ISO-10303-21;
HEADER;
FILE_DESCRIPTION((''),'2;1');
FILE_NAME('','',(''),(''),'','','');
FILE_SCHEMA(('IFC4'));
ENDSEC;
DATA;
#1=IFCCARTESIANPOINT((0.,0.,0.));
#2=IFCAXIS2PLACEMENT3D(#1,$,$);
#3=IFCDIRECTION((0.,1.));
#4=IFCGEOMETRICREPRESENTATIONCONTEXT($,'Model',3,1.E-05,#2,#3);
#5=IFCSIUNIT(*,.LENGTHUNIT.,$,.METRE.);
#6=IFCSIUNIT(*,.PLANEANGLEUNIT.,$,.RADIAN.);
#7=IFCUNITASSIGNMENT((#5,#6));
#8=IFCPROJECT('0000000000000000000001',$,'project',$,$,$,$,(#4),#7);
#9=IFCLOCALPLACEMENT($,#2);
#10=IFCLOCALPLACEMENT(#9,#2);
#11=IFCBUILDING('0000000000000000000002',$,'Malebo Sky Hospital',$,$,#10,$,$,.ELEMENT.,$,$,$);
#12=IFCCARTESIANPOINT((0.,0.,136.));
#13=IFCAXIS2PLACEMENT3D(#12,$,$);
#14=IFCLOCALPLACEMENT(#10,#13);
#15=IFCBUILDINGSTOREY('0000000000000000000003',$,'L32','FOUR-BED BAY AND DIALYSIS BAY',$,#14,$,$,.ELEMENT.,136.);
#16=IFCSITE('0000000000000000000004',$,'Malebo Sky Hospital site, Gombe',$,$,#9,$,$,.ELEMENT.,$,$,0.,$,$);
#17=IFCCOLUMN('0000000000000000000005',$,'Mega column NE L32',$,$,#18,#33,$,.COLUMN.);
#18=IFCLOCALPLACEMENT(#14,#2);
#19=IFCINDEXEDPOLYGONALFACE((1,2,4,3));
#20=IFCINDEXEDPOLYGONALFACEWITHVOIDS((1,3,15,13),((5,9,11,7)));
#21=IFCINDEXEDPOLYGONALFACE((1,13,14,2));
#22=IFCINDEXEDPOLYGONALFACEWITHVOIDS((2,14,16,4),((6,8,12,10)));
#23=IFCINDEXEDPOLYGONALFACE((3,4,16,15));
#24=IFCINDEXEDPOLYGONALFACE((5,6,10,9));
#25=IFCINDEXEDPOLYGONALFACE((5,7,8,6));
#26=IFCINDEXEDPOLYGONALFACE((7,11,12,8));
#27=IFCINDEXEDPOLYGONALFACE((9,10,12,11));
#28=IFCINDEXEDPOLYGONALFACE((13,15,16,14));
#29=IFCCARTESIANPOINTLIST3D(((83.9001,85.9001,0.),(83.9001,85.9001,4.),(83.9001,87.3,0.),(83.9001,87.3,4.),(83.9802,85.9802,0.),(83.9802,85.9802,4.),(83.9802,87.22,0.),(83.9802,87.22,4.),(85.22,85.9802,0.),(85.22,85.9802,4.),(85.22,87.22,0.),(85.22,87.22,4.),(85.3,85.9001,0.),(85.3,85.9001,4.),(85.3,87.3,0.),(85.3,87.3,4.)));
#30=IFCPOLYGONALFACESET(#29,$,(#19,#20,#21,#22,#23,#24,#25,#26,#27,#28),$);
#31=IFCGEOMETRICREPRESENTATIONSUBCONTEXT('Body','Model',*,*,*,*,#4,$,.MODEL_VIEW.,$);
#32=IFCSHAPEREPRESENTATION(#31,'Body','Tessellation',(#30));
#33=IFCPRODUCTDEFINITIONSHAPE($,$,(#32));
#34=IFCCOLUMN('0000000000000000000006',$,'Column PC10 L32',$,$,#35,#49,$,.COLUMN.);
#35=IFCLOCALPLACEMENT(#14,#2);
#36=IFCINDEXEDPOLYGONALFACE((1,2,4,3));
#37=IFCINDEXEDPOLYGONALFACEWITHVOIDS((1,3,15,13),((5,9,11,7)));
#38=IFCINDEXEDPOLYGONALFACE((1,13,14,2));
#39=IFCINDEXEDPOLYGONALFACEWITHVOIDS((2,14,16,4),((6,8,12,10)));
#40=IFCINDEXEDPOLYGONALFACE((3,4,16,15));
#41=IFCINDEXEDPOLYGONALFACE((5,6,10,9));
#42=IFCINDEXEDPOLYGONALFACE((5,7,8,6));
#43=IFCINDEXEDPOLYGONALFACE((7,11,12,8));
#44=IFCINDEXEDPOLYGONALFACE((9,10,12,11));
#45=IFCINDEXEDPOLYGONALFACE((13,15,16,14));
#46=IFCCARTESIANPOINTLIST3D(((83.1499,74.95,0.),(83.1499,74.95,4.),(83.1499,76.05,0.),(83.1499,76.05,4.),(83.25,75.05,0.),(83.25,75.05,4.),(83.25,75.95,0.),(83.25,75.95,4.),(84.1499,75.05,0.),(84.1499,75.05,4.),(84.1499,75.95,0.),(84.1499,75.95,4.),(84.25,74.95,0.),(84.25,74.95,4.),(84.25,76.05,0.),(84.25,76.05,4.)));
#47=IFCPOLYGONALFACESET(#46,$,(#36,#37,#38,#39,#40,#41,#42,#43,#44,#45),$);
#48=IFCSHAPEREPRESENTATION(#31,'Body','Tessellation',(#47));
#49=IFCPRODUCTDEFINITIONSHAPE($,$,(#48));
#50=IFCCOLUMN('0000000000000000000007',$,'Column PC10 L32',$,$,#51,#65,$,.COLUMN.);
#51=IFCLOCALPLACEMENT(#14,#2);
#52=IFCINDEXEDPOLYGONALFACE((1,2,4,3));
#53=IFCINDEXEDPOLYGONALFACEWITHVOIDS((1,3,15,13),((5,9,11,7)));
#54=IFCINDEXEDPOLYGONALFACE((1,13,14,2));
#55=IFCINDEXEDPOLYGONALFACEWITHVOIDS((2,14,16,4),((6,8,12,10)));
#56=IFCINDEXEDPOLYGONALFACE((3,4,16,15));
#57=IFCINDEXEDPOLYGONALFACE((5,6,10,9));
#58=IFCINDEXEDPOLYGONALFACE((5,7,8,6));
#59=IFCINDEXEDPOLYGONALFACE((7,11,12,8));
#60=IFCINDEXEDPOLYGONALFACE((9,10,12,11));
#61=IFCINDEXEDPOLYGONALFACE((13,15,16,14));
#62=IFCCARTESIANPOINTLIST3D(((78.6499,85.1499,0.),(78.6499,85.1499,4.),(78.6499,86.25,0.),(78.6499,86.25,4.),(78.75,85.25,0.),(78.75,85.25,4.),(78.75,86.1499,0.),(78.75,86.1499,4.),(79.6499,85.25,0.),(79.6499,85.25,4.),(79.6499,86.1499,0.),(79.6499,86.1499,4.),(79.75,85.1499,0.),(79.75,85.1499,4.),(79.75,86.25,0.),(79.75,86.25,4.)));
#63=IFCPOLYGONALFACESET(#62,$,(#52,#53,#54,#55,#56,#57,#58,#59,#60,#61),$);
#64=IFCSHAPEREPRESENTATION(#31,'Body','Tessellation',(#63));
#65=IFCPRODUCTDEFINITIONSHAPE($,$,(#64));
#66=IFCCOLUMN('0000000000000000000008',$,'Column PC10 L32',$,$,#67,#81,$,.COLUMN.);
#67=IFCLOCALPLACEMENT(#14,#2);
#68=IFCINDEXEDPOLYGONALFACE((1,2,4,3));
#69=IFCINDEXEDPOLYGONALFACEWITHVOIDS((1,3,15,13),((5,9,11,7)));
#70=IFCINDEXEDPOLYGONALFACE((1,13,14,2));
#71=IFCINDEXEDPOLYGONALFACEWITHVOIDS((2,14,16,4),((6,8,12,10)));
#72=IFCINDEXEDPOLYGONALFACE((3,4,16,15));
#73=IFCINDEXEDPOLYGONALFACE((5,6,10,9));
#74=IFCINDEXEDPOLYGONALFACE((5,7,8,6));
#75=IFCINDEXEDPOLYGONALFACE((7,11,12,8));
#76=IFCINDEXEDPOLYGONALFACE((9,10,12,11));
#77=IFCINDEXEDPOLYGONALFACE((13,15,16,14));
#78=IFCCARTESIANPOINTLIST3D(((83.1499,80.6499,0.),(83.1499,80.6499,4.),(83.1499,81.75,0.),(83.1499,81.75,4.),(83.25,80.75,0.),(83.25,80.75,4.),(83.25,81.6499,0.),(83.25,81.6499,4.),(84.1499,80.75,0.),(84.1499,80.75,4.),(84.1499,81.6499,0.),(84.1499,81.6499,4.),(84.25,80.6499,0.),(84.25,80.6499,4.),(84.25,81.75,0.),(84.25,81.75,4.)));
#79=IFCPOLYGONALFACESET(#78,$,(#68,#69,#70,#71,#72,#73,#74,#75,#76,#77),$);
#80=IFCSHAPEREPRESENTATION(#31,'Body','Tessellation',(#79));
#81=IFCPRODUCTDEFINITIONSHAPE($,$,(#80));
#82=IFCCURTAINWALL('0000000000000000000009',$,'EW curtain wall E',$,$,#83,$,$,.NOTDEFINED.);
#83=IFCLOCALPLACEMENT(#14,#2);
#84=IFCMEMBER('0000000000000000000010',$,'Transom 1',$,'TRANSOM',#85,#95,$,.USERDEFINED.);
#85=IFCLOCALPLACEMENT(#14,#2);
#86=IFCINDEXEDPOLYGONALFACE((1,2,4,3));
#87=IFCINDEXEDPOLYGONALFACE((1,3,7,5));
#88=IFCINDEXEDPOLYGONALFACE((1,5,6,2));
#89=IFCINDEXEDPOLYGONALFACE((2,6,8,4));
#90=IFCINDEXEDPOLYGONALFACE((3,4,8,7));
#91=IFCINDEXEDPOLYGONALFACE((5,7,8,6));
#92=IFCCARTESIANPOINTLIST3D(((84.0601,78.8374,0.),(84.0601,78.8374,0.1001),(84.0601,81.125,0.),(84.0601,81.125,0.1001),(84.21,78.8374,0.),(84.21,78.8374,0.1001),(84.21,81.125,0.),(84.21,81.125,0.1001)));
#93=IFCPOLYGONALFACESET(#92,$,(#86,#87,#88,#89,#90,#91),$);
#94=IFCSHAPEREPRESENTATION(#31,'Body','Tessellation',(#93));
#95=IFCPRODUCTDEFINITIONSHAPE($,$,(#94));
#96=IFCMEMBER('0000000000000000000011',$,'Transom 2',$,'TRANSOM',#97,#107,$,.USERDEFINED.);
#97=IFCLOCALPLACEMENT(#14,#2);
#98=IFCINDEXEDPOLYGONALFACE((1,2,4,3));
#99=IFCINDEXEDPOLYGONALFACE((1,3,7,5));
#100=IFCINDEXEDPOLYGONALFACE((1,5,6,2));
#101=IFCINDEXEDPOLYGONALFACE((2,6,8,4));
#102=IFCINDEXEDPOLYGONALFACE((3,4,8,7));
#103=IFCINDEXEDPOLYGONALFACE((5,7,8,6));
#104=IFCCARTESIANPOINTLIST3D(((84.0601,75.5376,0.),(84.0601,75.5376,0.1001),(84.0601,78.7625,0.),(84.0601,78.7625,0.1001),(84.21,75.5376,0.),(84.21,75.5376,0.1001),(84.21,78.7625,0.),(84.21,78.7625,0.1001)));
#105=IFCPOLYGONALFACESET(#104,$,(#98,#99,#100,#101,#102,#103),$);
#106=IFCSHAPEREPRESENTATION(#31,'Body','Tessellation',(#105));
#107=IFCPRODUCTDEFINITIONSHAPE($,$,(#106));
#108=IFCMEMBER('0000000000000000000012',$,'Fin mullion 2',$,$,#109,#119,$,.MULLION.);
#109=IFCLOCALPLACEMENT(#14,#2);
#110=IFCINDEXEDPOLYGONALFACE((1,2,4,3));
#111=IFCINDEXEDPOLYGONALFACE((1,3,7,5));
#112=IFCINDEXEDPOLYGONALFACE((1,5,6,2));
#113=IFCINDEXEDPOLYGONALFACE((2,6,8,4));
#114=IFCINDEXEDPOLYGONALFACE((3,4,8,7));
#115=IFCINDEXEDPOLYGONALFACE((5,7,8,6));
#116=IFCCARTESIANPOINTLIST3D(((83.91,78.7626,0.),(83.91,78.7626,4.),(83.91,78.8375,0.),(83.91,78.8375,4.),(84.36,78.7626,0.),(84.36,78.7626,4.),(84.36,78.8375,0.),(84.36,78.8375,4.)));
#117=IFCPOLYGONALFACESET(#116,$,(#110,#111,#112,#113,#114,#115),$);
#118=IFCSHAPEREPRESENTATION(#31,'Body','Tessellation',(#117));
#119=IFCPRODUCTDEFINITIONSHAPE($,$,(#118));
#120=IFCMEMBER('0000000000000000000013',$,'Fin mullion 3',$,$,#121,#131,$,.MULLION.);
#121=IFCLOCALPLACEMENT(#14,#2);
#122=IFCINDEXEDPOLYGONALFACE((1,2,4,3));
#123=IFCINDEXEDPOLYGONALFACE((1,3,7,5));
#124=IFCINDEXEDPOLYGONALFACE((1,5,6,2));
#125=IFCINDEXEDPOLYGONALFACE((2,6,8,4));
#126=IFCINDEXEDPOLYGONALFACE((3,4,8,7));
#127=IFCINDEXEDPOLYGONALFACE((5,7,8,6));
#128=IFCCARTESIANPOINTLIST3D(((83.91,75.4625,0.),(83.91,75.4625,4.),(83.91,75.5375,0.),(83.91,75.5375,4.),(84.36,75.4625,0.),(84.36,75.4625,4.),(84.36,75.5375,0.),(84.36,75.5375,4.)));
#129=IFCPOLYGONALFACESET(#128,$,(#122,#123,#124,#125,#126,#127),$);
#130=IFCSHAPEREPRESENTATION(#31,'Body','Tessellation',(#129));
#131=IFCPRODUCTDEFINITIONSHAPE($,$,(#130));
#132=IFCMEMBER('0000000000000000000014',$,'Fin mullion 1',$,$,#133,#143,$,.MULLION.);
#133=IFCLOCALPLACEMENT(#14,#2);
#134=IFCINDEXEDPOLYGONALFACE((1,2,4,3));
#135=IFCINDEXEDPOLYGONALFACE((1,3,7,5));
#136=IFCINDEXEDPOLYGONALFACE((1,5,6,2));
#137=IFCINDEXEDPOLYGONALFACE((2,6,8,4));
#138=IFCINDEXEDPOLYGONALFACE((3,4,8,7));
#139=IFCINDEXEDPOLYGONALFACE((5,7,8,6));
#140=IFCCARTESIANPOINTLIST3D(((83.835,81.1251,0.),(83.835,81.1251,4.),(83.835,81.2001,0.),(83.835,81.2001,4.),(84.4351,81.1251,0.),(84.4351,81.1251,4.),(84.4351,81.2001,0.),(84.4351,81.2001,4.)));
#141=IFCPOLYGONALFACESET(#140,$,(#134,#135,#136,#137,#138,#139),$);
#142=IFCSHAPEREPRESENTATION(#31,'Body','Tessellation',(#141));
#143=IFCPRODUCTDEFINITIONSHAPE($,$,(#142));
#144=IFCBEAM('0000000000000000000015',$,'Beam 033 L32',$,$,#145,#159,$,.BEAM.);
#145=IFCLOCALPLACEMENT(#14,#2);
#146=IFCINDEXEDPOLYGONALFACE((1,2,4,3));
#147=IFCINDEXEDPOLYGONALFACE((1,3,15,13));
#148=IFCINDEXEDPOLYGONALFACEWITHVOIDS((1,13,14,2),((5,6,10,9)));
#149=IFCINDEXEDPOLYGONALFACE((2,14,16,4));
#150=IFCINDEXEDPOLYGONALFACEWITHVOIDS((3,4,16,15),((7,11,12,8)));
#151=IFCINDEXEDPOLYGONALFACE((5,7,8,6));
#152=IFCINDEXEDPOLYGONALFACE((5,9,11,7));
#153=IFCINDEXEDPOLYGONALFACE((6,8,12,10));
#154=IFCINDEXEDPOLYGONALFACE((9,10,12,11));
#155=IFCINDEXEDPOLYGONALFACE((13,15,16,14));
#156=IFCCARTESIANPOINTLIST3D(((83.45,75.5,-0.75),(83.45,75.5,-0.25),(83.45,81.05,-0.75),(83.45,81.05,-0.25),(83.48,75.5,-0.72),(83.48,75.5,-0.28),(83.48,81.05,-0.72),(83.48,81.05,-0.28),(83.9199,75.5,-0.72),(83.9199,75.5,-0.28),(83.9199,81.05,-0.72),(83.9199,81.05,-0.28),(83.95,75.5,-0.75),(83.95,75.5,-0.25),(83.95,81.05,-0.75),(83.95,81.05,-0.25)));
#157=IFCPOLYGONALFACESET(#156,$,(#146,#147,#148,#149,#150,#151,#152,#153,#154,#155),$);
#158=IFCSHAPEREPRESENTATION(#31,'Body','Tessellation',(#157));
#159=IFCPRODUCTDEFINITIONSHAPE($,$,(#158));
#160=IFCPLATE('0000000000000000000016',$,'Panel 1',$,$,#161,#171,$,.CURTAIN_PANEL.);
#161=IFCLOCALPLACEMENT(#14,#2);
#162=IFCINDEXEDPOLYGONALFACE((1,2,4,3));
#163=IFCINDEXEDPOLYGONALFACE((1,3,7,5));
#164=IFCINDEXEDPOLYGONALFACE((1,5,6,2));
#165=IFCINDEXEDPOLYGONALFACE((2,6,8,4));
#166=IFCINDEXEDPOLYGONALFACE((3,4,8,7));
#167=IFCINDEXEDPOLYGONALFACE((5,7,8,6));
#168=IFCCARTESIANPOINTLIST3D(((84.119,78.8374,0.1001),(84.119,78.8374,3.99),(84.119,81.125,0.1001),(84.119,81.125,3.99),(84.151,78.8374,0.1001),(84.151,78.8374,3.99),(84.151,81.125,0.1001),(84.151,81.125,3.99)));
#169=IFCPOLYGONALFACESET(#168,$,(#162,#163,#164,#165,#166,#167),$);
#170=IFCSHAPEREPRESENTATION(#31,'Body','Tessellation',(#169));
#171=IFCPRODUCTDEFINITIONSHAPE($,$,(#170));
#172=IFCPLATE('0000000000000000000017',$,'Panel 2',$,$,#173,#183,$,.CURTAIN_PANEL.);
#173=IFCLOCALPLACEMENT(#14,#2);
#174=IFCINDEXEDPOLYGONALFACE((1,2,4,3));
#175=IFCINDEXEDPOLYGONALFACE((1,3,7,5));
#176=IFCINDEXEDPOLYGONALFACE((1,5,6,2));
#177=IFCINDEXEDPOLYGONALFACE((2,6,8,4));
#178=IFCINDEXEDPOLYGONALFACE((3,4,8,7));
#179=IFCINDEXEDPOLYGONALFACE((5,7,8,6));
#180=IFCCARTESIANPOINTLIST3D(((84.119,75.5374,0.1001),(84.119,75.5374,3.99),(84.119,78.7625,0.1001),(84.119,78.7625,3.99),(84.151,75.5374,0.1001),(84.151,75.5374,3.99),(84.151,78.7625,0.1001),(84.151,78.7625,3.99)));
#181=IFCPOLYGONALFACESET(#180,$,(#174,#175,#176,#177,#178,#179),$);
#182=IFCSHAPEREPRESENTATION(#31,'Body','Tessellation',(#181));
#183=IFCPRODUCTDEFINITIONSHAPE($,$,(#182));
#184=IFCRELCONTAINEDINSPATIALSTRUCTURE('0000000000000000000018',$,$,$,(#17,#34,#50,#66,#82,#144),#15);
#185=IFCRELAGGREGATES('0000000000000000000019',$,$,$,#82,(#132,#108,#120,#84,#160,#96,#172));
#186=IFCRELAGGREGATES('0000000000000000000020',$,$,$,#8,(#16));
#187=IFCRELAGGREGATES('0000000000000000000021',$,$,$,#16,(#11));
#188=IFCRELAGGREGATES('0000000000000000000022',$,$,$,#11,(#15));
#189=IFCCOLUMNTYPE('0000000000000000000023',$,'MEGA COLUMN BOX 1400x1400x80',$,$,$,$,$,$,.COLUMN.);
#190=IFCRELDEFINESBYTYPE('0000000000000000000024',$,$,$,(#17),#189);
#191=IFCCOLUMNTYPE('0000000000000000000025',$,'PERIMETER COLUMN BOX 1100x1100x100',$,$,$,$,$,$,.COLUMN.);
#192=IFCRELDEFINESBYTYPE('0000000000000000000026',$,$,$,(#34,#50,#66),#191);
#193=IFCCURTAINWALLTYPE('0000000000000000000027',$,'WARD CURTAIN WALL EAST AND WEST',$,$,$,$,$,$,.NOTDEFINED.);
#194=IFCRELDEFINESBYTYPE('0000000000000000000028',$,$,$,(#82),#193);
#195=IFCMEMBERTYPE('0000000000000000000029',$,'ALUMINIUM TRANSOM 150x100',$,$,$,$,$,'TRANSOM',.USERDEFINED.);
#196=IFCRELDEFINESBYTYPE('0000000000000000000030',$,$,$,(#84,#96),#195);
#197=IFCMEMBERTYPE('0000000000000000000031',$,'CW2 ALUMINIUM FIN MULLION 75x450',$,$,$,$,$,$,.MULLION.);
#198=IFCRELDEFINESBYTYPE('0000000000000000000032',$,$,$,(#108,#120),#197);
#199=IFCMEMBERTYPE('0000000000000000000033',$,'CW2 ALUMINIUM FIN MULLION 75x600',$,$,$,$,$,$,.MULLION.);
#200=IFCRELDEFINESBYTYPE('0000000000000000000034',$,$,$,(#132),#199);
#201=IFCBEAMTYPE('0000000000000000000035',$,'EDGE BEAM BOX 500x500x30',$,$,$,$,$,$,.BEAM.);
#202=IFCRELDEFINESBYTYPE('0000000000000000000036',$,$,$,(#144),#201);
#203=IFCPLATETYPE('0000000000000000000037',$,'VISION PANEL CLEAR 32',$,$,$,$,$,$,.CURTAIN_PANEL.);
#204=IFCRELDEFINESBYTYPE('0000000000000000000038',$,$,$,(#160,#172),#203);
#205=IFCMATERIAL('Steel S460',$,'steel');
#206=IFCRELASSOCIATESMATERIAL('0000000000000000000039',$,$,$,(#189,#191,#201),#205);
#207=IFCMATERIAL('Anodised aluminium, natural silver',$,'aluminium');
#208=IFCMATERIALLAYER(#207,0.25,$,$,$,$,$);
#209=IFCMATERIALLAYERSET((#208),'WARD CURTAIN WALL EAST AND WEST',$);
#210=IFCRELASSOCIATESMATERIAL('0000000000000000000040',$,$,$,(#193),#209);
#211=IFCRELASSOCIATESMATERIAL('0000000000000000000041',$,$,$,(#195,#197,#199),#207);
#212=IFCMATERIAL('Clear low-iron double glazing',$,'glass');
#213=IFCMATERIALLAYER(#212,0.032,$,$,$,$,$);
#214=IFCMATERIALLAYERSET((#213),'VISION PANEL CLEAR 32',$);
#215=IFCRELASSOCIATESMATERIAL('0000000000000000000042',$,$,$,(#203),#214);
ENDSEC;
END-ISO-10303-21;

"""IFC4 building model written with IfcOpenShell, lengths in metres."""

from ifc_helpers import new_model, si_unit, direction, frame, origin, origin_2d, place, context, subcontext, project, spatial, rectangle, hollow_rectangle, extrude, material, layer, layer_set, material_profile, profile_set, type_object, element, aggregate, save


model = new_model("IFC4")

# Units and contexts
model_context = context("Model", 3, precision=1e-05, world=origin(), true_north=direction((0.0, 1.0)))
body_context = subcontext(model_context, "Body", "Model", "MODEL_VIEW")
ifc_project = project(units=[si_unit("LENGTHUNIT", "METRE"), si_unit("PLANEANGLEUNIT", "RADIAN")], contexts=[model_context])

# Site, building, storey
site_placement = place(None, origin())
site = spatial("IfcSite", under=ifc_project, at=site_placement, Name="Malebo Sky Hospital site, Gombe", CompositionType="ELEMENT", RefElevation=0.0)
building_placement = place(site_placement, origin())
building = spatial("IfcBuilding", under=site, at=building_placement, Name="Malebo Sky Hospital", CompositionType="ELEMENT")
storey_placement = place(building_placement, frame((0.0, 0.0, 136.0)))
storey = spatial("IfcBuildingStorey", under=building, at=storey_placement, Name="L32", Description="FOUR-BED BAY AND DIALYSIS BAY", CompositionType="ELEMENT", Elevation=136.0)

# Columns
ifc_material_1 = material(Name="Steel S460", Category="steel")
ifc_material_profile_1 = material_profile(ifc_material_1, hollow_rectangle(XDim=1.3999, YDim=1.3999, WallThickness=0.0801, at=origin_2d()), Name="BOX 1400x1400x80")
ifc_profile_set_1 = profile_set([ifc_material_profile_1], Name="Steel S460")
column_type_1 = type_object("IfcColumnType", Name="MEGA COLUMN BOX 1400x1400x80", PredefinedType="COLUMN", material=ifc_profile_set_1)
column_placement = place(storey_placement, frame((84.6001, 86.6001, 0.0), z_axis=(0.0, 0.0, 1.0), x_axis=(1.0, 0.0, 0.0)))
element("IfcColumn", 1, at=column_placement, inside=storey, type_object=column_type_1, Name="Mega column NE L32", PredefinedType="COLUMN", context=body_context, shape_type="SweptSolid", body=[
    extrude(hollow_rectangle(XDim=1.3999, YDim=1.3999, WallThickness=0.0801, at=origin_2d()), origin(), (0.0, 0.0, 1.0), 4.0),
])
ifc_material_profile_2 = material_profile(ifc_material_1, hollow_rectangle(XDim=1.1001, YDim=1.1001, WallThickness=0.1001, at=origin_2d()), Name="BOX 1100x1100x100")
ifc_profile_set_2 = profile_set([ifc_material_profile_2], Name="Steel S460")
column_type_2 = type_object("IfcColumnType", Name="PERIMETER COLUMN BOX 1100x1100x100", PredefinedType="COLUMN", material=ifc_profile_set_2)
for number, where, z_axis, x_axis, name in (
    (2, (83.7, 75.5, 0.0), (0.0, 0.0, 1.0), (1.0, 0.0, 0.0), "Column PC10 L32"),
    (3, (79.2, 85.7, 0.0), (0.0, 0.0, 1.0), (1.0, 0.0, 0.0), "Column PC10 L32"),
    (4, (83.7, 81.2, 0.0), (0.0, 0.0, 1.0), (1.0, 0.0, 0.0), "Column PC10 L32"),
):
    element("IfcColumn", number, at=place(storey_placement, frame(where, z_axis=z_axis, x_axis=x_axis)), inside=storey, type_object=column_type_2, Name=name, PredefinedType="COLUMN", context=body_context, shape_type="SweptSolid", body=[
        extrude(hollow_rectangle(XDim=1.1001, YDim=1.1001, WallThickness=0.1001, at=origin_2d()), origin(), (0.0, 0.0, 1.0), 4.0),
    ])

# Curtain wall, members
ifc_material_2 = material(Name="Anodised aluminium, natural silver", Category="aluminium")
ifc_layer_1 = layer(ifc_material_2, 0.25)
ifc_layer_set_1 = layer_set([ifc_layer_1], Name="WARD CURTAIN WALL EAST AND WEST")
curtain_wall_type = type_object("IfcCurtainWallType", Name="WARD CURTAIN WALL EAST AND WEST", PredefinedType="NOTDEFINED", material=ifc_layer_set_1)
curtain_wall_placement = place(storey_placement, origin())
curtain_wall = element("IfcCurtainWall", 5, at=curtain_wall_placement, inside=storey, type_object=curtain_wall_type, Name="EW curtain wall E", PredefinedType="NOTDEFINED")
ifc_material_profile_3 = material_profile(ifc_material_2, rectangle(XDim=0.1499, YDim=0.1001, at=origin_2d()), Name="ALUMINIUM TRANSOM 150x100")
ifc_profile_set_3 = profile_set([ifc_material_profile_3], Name="Anodised aluminium, natural silver")
member_type_1 = type_object("IfcMemberType", Name="ALUMINIUM TRANSOM 150x100", ElementType="TRANSOM", PredefinedType="USERDEFINED", material=ifc_profile_set_3)
member_1_placement = place(storey_placement, frame((84.135, 81.125, 0.05), z_axis=(0.0, -1.0, 0.0), x_axis=(1.0, 0.0, 0.0)))
member_1 = element("IfcMember", 6, at=member_1_placement, type_object=member_type_1, Name="Transom 1", ObjectType="TRANSOM", PredefinedType="USERDEFINED", context=body_context, shape_type="SweptSolid", body=[
    extrude(rectangle(XDim=0.1499, YDim=0.1001, at=origin_2d()), origin(), (0.0, 0.0, 1.0), 2.2876),
])
member_2_placement = place(storey_placement, frame((84.135, 78.7625, 0.05), z_axis=(0.0, -1.0, 0.0), x_axis=(1.0, 0.0, 0.0)))
member_2 = element("IfcMember", 7, at=member_2_placement, type_object=member_type_1, Name="Transom 2", ObjectType="TRANSOM", PredefinedType="USERDEFINED", context=body_context, shape_type="SweptSolid", body=[
    extrude(rectangle(XDim=0.1499, YDim=0.1001, at=origin_2d()), origin(), (0.0, 0.0, 1.0), 3.2249),
])
ifc_material_profile_4 = material_profile(ifc_material_2, rectangle(XDim=0.075, YDim=0.45, at=origin_2d()), Name="CW2 ALUMINIUM FIN MULLION 75x450")
ifc_profile_set_4 = profile_set([ifc_material_profile_4], Name="Anodised aluminium, natural silver")
member_type_2 = type_object("IfcMemberType", Name="CW2 ALUMINIUM FIN MULLION 75x450", PredefinedType="MULLION", material=ifc_profile_set_4)
member_3_placement = place(storey_placement, frame((84.135, 78.8, 0.0), z_axis=(0.0, 0.0, 1.0), x_axis=(0.0, -1.0, 0.0)))
member_3 = element("IfcMember", 8, at=member_3_placement, type_object=member_type_2, Name="Fin mullion 2", PredefinedType="MULLION", context=body_context, shape_type="SweptSolid", body=[
    extrude(rectangle(XDim=0.075, YDim=0.45, at=origin_2d()), origin(), (0.0, 0.0, 1.0), 4.0),
])
member_4_placement = place(storey_placement, frame((84.135, 75.5, 0.0), z_axis=(0.0, 0.0, 1.0), x_axis=(0.0, -1.0, 0.0)))
member_4 = element("IfcMember", 9, at=member_4_placement, type_object=member_type_2, Name="Fin mullion 3", PredefinedType="MULLION", context=body_context, shape_type="SweptSolid", body=[
    extrude(rectangle(XDim=0.075, YDim=0.45, at=origin_2d()), origin(), (0.0, 0.0, 1.0), 4.0),
])
ifc_material_profile_5 = material_profile(ifc_material_2, rectangle(XDim=0.075, YDim=0.6001, at=origin_2d()), Name="CW2 ALUMINIUM FIN MULLION 75x600")
ifc_profile_set_5 = profile_set([ifc_material_profile_5], Name="Anodised aluminium, natural silver")
member_type_3 = type_object("IfcMemberType", Name="CW2 ALUMINIUM FIN MULLION 75x600", PredefinedType="MULLION", material=ifc_profile_set_5)
member_5_placement = place(storey_placement, frame((84.135, 81.1626, 0.0), z_axis=(0.0, 0.0, 1.0), x_axis=(0.0, -1.0, 0.0)))
member_5 = element("IfcMember", 10, at=member_5_placement, type_object=member_type_3, Name="Fin mullion 1", PredefinedType="MULLION", context=body_context, shape_type="SweptSolid", body=[
    extrude(rectangle(XDim=0.075, YDim=0.6001, at=origin_2d()), origin(), (0.0, 0.0, 1.0), 4.0),
])

# Beam
ifc_material_profile_6 = material_profile(ifc_material_1, hollow_rectangle(XDim=0.5, YDim=0.5, WallThickness=0.03, at=origin_2d()), Name="BOX 500x500x30")
ifc_profile_set_6 = profile_set([ifc_material_profile_6], Name="Steel S460")
beam_type = type_object("IfcBeamType", Name="EDGE BEAM BOX 500x500x30", PredefinedType="BEAM", material=ifc_profile_set_6)
beam_placement = place(storey_placement, frame((83.7, 75.5, -0.5), z_axis=(0.0, 1.0, 0.0), x_axis=(-1.0, 0.0, 0.0)))
element("IfcBeam", 11, at=beam_placement, inside=storey, type_object=beam_type, Name="Beam 033 L32", PredefinedType="BEAM", context=body_context, shape_type="SweptSolid", body=[
    extrude(hollow_rectangle(XDim=0.5, YDim=0.5, WallThickness=0.03, at=origin_2d()), origin(), (0.0, 0.0, 1.0), 5.55),
])

# Plates
ifc_material_3 = material(Name="Clear low-iron double glazing", Category="glass")
ifc_layer_2 = layer(ifc_material_3, 0.032)
ifc_layer_set_2 = layer_set([ifc_layer_2], Name="VISION PANEL CLEAR 32")
plate_type = type_object("IfcPlateType", Name="VISION PANEL CLEAR 32", PredefinedType="CURTAIN_PANEL", material=ifc_layer_set_2)
plate_1_placement = place(storey_placement, frame((84.135, 79.9812, 0.1001), z_axis=(0.0, 0.0, 1.0), x_axis=(0.0, -1.0, 0.0)))
plate_1 = element("IfcPlate", 12, at=plate_1_placement, type_object=plate_type, Name="Panel 1", PredefinedType="CURTAIN_PANEL", context=body_context, shape_type="SweptSolid", body=[
    extrude(rectangle(XDim=2.2876, YDim=0.032, at=origin_2d()), origin(), (0.0, 0.0, 1.0), 3.8899),
])
plate_2_placement = place(storey_placement, frame((84.135, 77.1499, 0.1001), z_axis=(0.0, 0.0, 1.0), x_axis=(0.0, -1.0, 0.0)))
plate_2 = element("IfcPlate", 13, at=plate_2_placement, type_object=plate_type, Name="Panel 2", PredefinedType="CURTAIN_PANEL", context=body_context, shape_type="SweptSolid", body=[
    extrude(rectangle(XDim=3.2251, YDim=0.032, at=origin_2d()), origin(), (0.0, 0.0, 1.0), 3.8899),
])
aggregate(curtain_wall, [member_5, member_3, member_4, member_1, plate_1, member_2, plate_2])

save(model, "model.ifc")
